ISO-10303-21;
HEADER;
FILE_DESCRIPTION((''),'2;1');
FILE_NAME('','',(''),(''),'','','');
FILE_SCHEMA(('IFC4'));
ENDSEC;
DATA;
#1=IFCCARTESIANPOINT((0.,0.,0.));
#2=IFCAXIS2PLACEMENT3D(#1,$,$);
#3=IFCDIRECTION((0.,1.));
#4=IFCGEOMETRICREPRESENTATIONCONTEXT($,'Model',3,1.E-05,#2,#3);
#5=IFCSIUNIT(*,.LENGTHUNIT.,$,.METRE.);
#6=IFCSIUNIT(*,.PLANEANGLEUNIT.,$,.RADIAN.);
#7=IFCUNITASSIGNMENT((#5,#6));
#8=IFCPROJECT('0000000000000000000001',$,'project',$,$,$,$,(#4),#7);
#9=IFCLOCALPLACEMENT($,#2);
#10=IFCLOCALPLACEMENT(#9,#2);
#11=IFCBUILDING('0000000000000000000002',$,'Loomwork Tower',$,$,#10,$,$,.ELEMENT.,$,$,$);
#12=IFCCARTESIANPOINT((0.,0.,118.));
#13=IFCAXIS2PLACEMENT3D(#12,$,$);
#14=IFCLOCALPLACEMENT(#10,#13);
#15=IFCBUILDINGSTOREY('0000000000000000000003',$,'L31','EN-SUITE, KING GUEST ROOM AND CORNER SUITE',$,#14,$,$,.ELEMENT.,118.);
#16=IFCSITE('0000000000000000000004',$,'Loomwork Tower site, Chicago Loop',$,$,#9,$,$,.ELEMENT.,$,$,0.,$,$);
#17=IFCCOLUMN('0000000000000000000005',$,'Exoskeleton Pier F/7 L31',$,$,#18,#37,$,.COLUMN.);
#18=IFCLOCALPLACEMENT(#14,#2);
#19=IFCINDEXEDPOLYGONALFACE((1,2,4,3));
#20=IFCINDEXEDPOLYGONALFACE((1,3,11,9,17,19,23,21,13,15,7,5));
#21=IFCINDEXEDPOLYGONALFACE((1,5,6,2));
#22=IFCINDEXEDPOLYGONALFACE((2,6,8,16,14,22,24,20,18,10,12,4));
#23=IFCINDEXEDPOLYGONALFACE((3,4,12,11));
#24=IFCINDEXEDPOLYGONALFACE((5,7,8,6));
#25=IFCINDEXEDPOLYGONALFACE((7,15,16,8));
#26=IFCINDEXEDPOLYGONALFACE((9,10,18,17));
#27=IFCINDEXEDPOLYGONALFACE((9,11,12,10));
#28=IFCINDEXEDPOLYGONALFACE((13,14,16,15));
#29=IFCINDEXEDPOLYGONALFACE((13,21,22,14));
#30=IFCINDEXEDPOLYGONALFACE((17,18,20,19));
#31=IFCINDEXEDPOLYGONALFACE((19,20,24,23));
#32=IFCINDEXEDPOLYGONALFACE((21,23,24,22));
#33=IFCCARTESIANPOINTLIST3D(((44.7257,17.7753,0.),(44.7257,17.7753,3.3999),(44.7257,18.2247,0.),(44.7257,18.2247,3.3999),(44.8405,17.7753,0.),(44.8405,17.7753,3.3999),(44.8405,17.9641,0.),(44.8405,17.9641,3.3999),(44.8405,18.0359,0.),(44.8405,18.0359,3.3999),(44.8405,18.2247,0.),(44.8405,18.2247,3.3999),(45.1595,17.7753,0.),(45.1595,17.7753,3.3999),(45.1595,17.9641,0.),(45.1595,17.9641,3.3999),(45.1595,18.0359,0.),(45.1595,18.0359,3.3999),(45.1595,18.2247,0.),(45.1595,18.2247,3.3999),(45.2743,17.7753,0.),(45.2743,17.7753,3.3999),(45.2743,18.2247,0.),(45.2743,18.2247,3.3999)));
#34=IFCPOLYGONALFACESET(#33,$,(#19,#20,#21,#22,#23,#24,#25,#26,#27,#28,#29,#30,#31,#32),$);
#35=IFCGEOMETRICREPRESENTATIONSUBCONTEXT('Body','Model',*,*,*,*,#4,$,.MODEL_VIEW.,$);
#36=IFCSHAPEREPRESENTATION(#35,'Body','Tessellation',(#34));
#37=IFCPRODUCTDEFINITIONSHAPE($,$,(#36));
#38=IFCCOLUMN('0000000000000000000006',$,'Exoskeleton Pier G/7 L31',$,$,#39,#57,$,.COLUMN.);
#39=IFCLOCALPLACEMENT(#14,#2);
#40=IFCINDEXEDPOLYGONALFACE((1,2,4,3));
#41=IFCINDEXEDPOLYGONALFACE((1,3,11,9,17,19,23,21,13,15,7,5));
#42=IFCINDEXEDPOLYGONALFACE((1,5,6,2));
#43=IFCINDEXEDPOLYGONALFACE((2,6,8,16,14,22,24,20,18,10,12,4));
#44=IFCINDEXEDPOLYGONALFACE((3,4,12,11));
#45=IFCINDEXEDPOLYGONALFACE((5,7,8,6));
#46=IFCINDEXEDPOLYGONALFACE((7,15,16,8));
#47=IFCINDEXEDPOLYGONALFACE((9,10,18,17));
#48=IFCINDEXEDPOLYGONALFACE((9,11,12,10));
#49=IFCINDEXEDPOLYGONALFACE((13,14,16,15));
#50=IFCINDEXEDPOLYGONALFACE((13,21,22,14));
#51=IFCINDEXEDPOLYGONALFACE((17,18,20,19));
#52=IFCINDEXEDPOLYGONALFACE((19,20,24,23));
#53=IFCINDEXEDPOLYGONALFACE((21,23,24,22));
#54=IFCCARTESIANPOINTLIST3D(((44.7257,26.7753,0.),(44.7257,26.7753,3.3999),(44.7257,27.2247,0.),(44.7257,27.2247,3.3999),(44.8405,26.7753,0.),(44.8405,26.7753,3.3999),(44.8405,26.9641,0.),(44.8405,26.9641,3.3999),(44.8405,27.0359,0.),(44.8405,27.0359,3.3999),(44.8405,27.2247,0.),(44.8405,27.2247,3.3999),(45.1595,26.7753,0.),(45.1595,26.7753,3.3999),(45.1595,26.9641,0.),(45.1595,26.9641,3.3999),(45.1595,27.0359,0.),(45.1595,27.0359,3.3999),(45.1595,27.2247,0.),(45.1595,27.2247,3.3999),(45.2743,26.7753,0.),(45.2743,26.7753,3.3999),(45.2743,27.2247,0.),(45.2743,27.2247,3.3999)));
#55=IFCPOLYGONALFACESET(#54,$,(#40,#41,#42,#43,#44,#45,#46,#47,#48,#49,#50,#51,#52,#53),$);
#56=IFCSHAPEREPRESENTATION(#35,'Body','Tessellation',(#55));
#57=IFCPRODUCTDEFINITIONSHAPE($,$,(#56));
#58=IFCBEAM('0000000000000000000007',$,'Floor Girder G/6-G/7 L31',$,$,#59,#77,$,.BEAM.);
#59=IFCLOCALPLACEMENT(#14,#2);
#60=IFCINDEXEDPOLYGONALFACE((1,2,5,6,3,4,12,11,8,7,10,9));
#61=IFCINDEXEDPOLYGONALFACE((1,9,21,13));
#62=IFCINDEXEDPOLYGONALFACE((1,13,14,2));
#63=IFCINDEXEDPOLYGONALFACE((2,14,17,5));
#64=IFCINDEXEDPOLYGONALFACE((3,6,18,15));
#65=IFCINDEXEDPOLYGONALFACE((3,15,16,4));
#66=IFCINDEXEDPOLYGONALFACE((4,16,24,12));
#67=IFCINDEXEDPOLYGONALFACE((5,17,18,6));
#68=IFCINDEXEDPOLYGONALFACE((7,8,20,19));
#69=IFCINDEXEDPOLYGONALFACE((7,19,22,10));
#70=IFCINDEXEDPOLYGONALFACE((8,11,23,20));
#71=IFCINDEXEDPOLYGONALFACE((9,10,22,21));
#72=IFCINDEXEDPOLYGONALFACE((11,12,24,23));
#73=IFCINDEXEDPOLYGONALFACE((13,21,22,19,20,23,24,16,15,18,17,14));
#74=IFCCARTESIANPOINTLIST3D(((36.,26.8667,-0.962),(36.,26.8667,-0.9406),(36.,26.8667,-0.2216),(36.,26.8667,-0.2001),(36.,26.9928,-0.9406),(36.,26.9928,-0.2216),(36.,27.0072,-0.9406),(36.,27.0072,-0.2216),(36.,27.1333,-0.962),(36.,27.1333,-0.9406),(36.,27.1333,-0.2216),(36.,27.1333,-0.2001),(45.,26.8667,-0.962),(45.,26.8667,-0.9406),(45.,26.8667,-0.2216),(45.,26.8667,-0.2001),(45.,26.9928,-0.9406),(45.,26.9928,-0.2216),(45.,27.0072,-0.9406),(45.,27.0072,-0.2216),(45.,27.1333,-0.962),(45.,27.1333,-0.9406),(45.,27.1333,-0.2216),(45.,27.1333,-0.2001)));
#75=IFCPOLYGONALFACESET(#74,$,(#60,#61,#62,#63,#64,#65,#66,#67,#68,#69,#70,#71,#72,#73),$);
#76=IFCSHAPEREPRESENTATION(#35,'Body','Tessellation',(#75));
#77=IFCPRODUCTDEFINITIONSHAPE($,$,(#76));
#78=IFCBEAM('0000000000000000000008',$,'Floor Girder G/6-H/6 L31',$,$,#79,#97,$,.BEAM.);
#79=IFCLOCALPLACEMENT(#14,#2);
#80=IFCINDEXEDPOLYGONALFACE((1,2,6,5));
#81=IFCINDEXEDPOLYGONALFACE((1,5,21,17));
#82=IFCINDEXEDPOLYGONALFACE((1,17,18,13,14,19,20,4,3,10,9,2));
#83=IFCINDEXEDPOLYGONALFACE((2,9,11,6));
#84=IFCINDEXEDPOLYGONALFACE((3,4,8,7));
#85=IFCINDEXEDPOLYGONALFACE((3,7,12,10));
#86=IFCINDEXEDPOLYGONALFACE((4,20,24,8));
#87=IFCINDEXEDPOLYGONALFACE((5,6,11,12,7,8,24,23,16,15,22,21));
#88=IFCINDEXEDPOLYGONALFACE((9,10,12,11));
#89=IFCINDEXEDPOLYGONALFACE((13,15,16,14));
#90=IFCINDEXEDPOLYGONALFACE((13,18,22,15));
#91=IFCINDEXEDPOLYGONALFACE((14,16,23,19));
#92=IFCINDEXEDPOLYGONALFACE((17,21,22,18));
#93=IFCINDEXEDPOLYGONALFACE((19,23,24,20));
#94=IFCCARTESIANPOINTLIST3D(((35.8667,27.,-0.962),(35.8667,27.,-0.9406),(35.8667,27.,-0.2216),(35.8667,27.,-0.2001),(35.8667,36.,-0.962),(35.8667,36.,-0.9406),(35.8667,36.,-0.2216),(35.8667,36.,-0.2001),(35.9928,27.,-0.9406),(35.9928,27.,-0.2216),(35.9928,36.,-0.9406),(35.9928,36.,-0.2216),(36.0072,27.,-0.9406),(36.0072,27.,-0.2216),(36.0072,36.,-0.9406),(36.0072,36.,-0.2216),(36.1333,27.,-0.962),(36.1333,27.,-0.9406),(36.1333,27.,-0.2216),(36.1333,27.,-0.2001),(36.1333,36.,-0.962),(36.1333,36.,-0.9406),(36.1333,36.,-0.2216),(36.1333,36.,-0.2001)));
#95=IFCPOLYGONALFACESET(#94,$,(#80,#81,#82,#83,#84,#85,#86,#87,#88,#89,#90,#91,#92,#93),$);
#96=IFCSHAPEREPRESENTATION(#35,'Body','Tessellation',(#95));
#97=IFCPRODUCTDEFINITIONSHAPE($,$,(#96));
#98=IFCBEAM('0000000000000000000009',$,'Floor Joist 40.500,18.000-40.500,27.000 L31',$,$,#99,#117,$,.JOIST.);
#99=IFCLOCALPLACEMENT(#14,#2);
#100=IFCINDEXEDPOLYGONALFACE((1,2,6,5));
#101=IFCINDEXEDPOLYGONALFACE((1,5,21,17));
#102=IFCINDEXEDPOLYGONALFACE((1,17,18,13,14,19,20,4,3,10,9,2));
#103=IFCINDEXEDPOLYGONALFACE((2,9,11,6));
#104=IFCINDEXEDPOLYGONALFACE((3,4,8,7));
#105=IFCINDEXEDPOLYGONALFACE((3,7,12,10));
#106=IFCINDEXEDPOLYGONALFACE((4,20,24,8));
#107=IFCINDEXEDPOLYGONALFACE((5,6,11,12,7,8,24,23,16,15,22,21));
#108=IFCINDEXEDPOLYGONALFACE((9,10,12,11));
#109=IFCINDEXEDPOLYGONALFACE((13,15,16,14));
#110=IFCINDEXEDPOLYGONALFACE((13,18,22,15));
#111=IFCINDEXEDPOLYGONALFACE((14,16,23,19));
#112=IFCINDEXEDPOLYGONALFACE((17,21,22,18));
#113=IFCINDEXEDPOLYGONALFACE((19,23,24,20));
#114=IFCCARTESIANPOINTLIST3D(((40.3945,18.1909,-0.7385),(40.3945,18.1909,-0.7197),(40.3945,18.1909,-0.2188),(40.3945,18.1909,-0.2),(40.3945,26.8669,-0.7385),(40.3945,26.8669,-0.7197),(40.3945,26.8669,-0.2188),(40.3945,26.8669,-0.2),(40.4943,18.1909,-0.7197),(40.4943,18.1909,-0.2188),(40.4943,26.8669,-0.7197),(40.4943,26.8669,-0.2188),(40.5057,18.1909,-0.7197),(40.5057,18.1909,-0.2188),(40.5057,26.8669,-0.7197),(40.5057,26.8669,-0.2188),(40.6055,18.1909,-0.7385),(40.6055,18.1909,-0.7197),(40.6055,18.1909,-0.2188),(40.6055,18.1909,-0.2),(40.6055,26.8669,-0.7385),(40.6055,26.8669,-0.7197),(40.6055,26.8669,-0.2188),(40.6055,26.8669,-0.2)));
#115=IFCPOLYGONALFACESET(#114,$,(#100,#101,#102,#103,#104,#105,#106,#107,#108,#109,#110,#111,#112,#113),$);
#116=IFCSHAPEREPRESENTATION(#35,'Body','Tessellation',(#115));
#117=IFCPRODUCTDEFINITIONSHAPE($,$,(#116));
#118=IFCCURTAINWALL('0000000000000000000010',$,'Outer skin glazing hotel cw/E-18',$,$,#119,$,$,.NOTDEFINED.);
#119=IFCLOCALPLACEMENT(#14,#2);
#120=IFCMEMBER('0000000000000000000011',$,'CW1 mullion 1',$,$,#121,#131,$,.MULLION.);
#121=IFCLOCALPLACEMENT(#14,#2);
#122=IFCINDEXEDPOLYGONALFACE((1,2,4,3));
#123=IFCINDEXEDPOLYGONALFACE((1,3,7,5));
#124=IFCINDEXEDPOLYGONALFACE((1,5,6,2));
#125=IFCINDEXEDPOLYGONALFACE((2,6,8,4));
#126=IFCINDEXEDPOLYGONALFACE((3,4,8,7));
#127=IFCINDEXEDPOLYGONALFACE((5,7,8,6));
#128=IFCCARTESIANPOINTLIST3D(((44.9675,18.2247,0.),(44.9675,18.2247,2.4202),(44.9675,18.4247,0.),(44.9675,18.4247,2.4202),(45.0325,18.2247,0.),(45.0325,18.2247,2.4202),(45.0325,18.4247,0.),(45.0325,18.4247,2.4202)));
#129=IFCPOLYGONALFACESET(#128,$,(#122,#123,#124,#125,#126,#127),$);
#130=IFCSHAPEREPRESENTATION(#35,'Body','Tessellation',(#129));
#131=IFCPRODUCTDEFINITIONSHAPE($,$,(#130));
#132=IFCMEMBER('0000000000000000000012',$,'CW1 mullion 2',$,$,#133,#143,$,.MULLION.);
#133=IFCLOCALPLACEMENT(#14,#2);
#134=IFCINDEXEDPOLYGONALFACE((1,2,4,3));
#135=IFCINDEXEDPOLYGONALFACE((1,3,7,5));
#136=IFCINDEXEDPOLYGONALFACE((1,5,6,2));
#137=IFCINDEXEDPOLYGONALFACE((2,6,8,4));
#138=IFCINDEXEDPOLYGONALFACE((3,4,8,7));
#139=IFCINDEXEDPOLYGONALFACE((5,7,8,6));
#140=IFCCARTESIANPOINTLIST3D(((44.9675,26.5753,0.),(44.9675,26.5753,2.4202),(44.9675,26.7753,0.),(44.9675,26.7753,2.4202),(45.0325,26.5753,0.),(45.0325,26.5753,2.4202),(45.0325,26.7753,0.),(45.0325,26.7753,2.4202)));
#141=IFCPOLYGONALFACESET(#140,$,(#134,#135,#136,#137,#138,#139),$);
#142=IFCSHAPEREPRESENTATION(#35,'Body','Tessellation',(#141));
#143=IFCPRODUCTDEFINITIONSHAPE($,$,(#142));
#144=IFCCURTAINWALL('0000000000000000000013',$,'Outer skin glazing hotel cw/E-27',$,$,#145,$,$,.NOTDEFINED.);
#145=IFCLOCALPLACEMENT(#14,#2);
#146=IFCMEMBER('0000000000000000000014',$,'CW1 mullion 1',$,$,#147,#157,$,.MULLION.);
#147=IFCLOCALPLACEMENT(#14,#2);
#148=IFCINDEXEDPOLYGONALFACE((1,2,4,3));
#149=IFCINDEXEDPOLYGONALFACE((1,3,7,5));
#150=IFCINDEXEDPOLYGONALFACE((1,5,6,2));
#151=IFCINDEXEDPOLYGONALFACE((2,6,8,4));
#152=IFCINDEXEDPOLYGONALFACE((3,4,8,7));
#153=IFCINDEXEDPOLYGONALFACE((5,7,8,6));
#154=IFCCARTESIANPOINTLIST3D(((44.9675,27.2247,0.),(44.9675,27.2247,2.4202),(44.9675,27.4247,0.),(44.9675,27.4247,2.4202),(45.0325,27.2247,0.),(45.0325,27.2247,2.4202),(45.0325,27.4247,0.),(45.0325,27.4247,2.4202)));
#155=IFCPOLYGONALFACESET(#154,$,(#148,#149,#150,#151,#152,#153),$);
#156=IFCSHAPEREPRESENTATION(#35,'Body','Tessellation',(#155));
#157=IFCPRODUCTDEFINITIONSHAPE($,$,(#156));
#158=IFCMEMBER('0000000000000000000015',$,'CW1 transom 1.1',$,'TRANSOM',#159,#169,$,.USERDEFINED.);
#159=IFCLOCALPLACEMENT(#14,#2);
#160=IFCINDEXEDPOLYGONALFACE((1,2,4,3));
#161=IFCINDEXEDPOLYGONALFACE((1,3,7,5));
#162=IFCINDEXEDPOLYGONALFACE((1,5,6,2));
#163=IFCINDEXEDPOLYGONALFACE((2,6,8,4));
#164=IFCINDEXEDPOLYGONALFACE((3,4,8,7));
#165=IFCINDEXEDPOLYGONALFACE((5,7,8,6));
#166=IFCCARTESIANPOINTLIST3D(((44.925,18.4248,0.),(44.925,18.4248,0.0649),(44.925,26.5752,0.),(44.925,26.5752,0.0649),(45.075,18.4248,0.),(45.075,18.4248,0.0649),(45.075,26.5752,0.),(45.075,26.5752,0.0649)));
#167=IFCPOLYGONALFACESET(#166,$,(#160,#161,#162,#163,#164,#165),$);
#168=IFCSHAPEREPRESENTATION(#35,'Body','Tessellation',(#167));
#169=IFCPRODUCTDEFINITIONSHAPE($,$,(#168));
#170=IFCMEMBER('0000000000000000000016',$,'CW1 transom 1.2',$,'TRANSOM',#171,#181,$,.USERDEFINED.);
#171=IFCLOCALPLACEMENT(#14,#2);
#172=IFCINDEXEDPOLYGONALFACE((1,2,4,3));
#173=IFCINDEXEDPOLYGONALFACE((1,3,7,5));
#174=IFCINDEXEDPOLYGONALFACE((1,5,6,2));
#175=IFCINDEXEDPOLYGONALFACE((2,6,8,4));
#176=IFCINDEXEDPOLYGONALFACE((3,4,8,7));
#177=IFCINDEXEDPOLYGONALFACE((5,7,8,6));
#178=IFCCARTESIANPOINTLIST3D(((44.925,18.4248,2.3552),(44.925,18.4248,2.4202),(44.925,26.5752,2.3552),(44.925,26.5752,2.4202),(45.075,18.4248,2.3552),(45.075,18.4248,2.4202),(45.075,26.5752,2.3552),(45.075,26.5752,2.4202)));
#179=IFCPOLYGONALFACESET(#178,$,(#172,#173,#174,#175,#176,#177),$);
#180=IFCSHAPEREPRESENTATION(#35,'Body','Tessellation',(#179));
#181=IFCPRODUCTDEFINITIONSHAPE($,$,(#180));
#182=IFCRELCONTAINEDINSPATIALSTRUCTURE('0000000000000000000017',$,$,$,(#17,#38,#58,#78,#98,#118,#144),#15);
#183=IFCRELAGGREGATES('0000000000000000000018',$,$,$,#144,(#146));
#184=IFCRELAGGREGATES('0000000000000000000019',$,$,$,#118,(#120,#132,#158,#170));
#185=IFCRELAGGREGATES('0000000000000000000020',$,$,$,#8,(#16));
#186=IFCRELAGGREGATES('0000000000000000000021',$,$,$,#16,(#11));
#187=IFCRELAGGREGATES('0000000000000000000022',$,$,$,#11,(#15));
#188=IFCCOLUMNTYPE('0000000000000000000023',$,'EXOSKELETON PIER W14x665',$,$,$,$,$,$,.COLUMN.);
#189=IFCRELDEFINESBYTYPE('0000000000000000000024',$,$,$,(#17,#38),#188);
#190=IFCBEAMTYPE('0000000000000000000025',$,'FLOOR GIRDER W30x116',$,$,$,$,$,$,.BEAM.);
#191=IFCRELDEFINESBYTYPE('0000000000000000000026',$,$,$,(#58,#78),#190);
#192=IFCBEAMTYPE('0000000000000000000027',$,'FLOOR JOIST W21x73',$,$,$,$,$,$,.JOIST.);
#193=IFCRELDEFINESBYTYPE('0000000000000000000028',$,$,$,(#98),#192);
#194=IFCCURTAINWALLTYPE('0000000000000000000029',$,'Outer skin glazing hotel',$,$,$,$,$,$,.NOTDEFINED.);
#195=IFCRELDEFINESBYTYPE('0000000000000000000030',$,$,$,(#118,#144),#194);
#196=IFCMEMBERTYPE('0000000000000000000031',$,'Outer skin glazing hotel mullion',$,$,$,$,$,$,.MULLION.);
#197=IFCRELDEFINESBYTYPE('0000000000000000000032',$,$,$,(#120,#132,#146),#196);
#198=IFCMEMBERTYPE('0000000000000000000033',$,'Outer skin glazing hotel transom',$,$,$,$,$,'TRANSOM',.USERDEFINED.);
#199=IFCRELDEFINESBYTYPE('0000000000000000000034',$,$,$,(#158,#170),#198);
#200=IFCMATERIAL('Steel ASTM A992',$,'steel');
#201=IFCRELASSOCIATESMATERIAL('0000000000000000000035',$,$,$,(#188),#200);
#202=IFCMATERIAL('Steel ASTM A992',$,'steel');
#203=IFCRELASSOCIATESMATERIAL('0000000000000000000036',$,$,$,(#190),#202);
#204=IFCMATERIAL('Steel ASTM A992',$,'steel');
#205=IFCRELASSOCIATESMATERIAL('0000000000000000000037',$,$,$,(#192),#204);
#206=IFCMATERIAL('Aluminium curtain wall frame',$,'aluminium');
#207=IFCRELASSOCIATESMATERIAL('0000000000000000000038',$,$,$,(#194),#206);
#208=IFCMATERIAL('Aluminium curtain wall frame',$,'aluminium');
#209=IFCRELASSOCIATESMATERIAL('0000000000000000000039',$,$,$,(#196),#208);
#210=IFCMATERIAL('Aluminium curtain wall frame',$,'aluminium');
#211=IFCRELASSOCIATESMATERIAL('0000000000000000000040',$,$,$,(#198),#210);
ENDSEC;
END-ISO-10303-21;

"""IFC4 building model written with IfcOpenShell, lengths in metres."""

from ifc_helpers import new_model, si_unit, direction, frame, origin, origin_2d, place, context, subcontext, project, spatial, rectangle, i_section, extrude, material, material_profile, profile_set, type_object, element, aggregate, save


model = new_model("IFC4")

# Units and contexts
model_context = context("Model", 3, precision=1e-05, world=origin(), true_north=direction((0.0, 1.0)))
body_context = subcontext(model_context, "Body", "Model", "MODEL_VIEW")
ifc_project = project(units=[si_unit("LENGTHUNIT", "METRE"), si_unit("PLANEANGLEUNIT", "RADIAN")], contexts=[model_context])

# Site, building, storey
site_placement = place(None, origin())
site = spatial("IfcSite", under=ifc_project, at=site_placement, Name="Loomwork Tower site, Chicago Loop", CompositionType="ELEMENT", RefElevation=0.0)
building_placement = place(site_placement, origin())
building = spatial("IfcBuilding", under=site, at=building_placement, Name="Loomwork Tower", CompositionType="ELEMENT")
storey_placement = place(building_placement, frame((0.0, 0.0, 118.0)))
storey = spatial("IfcBuildingStorey", under=building, at=storey_placement, Name="L31", Description="EN-SUITE, KING GUEST ROOM AND CORNER SUITE", CompositionType="ELEMENT", Elevation=118.0)

# Columns
ifc_material_1 = material(Name="Steel ASTM A992", Category="steel")
ifc_material_profile_1 = material_profile(ifc_material_1, i_section(OverallWidth=0.4495, OverallDepth=0.5486, WebThickness=0.0718, FlangeThickness=0.1147, at=origin_2d()), Name="W14x665")
ifc_profile_set_1 = profile_set([ifc_material_profile_1], Name="Steel ASTM A992")
column_type = type_object("IfcColumnType", Name="EXOSKELETON PIER W14x665", PredefinedType="COLUMN", material=ifc_profile_set_1)
for number, where, z_axis, x_axis, name in (
    (1, (45.0, 18.0, 0.0), (0.0, 0.0, 1.0), (0.0, 1.0, 0.0), "Exoskeleton Pier F/7 L31"),
    (2, (45.0, 27.0, 0.0), (0.0, 0.0, 1.0), (0.0, 1.0, 0.0), "Exoskeleton Pier G/7 L31"),
):
    element("IfcColumn", number, at=place(storey_placement, frame(where, z_axis=z_axis, x_axis=x_axis)), inside=storey, type_object=column_type, Name=name, PredefinedType="COLUMN", context=body_context, shape_type="SweptSolid", body=[
        extrude(i_section(OverallWidth=0.4495, OverallDepth=0.5486, WebThickness=0.0718, FlangeThickness=0.1147, at=origin_2d()), origin(), (0.0, 0.0, 1.0), 3.3999),
    ])

# Beams
ifc_material_2 = material(Name="Steel ASTM A992", Category="steel")
ifc_material_profile_2 = material_profile(ifc_material_2, i_section(OverallWidth=0.2666, OverallDepth=0.762, WebThickness=0.0144, FlangeThickness=0.0215, at=origin_2d()), Name="W30x116")
ifc_profile_set_2 = profile_set([ifc_material_profile_2], Name="Steel ASTM A992")
beam_type_1 = type_object("IfcBeamType", Name="FLOOR GIRDER W30x116", PredefinedType="BEAM", material=ifc_profile_set_2)
for number, where, z_axis, x_axis, name in (
    (3, (36.0, 27.0, -0.5811), (1.0, 0.0, 0.0), (0.0, 1.0, 0.0), "Floor Girder G/6-G/7 L31"),
    (4, (36.0, 27.0, -0.5811), (0.0, 1.0, 0.0), (-1.0, 0.0, 0.0), "Floor Girder G/6-H/6 L31"),
):
    element("IfcBeam", number, at=place(storey_placement, frame(where, z_axis=z_axis, x_axis=x_axis)), inside=storey, type_object=beam_type_1, Name=name, PredefinedType="BEAM", context=body_context, shape_type="SweptSolid", body=[
        extrude(i_section(OverallWidth=0.2666, OverallDepth=0.762, WebThickness=0.0144, FlangeThickness=0.0215, at=origin_2d()), origin(), (0.0, 0.0, 1.0), 9.0),
    ])
ifc_material_3 = material(Name="Steel ASTM A992", Category="steel")
ifc_material_profile_3 = material_profile(ifc_material_3, i_section(OverallWidth=0.2109, OverallDepth=0.5386, WebThickness=0.0115, FlangeThickness=0.0188, at=origin_2d()), Name="W21x73")
ifc_profile_set_3 = profile_set([ifc_material_profile_3], Name="Steel ASTM A992")
beam_type_2 = type_object("IfcBeamType", Name="FLOOR JOIST W21x73", PredefinedType="JOIST", material=ifc_profile_set_3)
beam_placement = place(storey_placement, frame((40.5, 18.1909, -0.4692), z_axis=(0.0, 1.0, 0.0), x_axis=(-1.0, 0.0, 0.0)))
element("IfcBeam", 5, at=beam_placement, inside=storey, type_object=beam_type_2, Name="Floor Joist 40.500,18.000-40.500,27.000 L31", PredefinedType="JOIST", context=body_context, shape_type="SweptSolid", body=[
    extrude(i_section(OverallWidth=0.2109, OverallDepth=0.5386, WebThickness=0.0115, FlangeThickness=0.0188, at=origin_2d()), origin(), (0.0, 0.0, 1.0), 8.676),
])

# Curtain wall, members
ifc_material_4 = material(Name="Aluminium curtain wall frame", Category="aluminium")
curtain_wall_type = type_object("IfcCurtainWallType", Name="Outer skin glazing hotel", PredefinedType="NOTDEFINED", material=ifc_material_4)
curtain_wall_1_placement = place(storey_placement, origin())
curtain_wall_1 = element("IfcCurtainWall", 6, at=curtain_wall_1_placement, inside=storey, type_object=curtain_wall_type, Name="Outer skin glazing hotel cw/E-18", PredefinedType="NOTDEFINED")
ifc_material_5 = material(Name="Aluminium curtain wall frame", Category="aluminium")
ifc_material_profile_4 = material_profile(ifc_material_5, rectangle(XDim=0.0649, YDim=0.2, at=origin_2d()), Name="AL 65x200")
ifc_profile_set_4 = profile_set([ifc_material_profile_4], Name="Aluminium curtain wall frame")
member_type_1 = type_object("IfcMemberType", Name="Outer skin glazing hotel mullion", PredefinedType="MULLION", material=ifc_profile_set_4)
member_1_placement = place(storey_placement, frame((45.0, 18.3247, 0.0), z_axis=(0.0, 0.0, 1.0), x_axis=(-1.0, 0.0, 0.0)))
member_1 = element("IfcMember", 7, at=member_1_placement, type_object=member_type_1, Name="CW1 mullion 1", PredefinedType="MULLION", context=body_context, shape_type="SweptSolid", body=[
    extrude(rectangle(XDim=0.0649, YDim=0.2, at=origin_2d()), origin(), (0.0, 0.0, 1.0), 2.4202),
])
member_2_placement = place(storey_placement, frame((45.0, 26.6753, 0.0), z_axis=(0.0, 0.0, 1.0), x_axis=(-1.0, 0.0, 0.0)))
member_2 = element("IfcMember", 8, at=member_2_placement, type_object=member_type_1, Name="CW1 mullion 2", PredefinedType="MULLION", context=body_context, shape_type="SweptSolid", body=[
    extrude(rectangle(XDim=0.0649, YDim=0.2, at=origin_2d()), origin(), (0.0, 0.0, 1.0), 2.4202),
])

# Curtain wall, member
curtain_wall_2_placement = place(storey_placement, origin())
curtain_wall_2 = element("IfcCurtainWall", 9, at=curtain_wall_2_placement, inside=storey, type_object=curtain_wall_type, Name="Outer skin glazing hotel cw/E-27", PredefinedType="NOTDEFINED")
member_3_placement = place(storey_placement, frame((45.0, 27.3247, 0.0), z_axis=(0.0, 0.0, 1.0), x_axis=(-1.0, 0.0, 0.0)))
member_3 = element("IfcMember", 10, at=member_3_placement, type_object=member_type_1, Name="CW1 mullion 1", PredefinedType="MULLION", context=body_context, shape_type="SweptSolid", body=[
    extrude(rectangle(XDim=0.0649, YDim=0.2, at=origin_2d()), origin(), (0.0, 0.0, 1.0), 2.4202),
])
aggregate(curtain_wall_2, [member_3])

# Members
ifc_material_6 = material(Name="Aluminium curtain wall frame", Category="aluminium")
ifc_material_profile_5 = material_profile(ifc_material_6, rectangle(XDim=0.1499, YDim=0.0649, at=origin_2d()), Name="AL 65x150")
ifc_profile_set_5 = profile_set([ifc_material_profile_5], Name="Aluminium curtain wall frame")
member_type_2 = type_object("IfcMemberType", Name="Outer skin glazing hotel transom", ElementType="TRANSOM", PredefinedType="USERDEFINED", material=ifc_profile_set_5)
member_4_placement = place(storey_placement, frame((45.0, 18.4248, 0.0325), z_axis=(0.0, 1.0, 0.0), x_axis=(-1.0, 0.0, 0.0)))
member_4 = element("IfcMember", 11, at=member_4_placement, type_object=member_type_2, Name="CW1 transom 1.1", ObjectType="TRANSOM", PredefinedType="USERDEFINED", context=body_context, shape_type="SweptSolid", body=[
    extrude(rectangle(XDim=0.1499, YDim=0.0649, at=origin_2d()), origin(), (0.0, 0.0, 1.0), 8.1504),
])
member_5_placement = place(storey_placement, frame((45.0, 18.4248, 2.3877), z_axis=(0.0, 1.0, 0.0), x_axis=(-1.0, 0.0, 0.0)))
member_5 = element("IfcMember", 12, at=member_5_placement, type_object=member_type_2, Name="CW1 transom 1.2", ObjectType="TRANSOM", PredefinedType="USERDEFINED", context=body_context, shape_type="SweptSolid", body=[
    extrude(rectangle(XDim=0.1499, YDim=0.0649, at=origin_2d()), origin(), (0.0, 0.0, 1.0), 8.1504),
])

aggregate(curtain_wall_1, [member_1, member_2, member_4, member_5])

save(model, "model.ifc")
